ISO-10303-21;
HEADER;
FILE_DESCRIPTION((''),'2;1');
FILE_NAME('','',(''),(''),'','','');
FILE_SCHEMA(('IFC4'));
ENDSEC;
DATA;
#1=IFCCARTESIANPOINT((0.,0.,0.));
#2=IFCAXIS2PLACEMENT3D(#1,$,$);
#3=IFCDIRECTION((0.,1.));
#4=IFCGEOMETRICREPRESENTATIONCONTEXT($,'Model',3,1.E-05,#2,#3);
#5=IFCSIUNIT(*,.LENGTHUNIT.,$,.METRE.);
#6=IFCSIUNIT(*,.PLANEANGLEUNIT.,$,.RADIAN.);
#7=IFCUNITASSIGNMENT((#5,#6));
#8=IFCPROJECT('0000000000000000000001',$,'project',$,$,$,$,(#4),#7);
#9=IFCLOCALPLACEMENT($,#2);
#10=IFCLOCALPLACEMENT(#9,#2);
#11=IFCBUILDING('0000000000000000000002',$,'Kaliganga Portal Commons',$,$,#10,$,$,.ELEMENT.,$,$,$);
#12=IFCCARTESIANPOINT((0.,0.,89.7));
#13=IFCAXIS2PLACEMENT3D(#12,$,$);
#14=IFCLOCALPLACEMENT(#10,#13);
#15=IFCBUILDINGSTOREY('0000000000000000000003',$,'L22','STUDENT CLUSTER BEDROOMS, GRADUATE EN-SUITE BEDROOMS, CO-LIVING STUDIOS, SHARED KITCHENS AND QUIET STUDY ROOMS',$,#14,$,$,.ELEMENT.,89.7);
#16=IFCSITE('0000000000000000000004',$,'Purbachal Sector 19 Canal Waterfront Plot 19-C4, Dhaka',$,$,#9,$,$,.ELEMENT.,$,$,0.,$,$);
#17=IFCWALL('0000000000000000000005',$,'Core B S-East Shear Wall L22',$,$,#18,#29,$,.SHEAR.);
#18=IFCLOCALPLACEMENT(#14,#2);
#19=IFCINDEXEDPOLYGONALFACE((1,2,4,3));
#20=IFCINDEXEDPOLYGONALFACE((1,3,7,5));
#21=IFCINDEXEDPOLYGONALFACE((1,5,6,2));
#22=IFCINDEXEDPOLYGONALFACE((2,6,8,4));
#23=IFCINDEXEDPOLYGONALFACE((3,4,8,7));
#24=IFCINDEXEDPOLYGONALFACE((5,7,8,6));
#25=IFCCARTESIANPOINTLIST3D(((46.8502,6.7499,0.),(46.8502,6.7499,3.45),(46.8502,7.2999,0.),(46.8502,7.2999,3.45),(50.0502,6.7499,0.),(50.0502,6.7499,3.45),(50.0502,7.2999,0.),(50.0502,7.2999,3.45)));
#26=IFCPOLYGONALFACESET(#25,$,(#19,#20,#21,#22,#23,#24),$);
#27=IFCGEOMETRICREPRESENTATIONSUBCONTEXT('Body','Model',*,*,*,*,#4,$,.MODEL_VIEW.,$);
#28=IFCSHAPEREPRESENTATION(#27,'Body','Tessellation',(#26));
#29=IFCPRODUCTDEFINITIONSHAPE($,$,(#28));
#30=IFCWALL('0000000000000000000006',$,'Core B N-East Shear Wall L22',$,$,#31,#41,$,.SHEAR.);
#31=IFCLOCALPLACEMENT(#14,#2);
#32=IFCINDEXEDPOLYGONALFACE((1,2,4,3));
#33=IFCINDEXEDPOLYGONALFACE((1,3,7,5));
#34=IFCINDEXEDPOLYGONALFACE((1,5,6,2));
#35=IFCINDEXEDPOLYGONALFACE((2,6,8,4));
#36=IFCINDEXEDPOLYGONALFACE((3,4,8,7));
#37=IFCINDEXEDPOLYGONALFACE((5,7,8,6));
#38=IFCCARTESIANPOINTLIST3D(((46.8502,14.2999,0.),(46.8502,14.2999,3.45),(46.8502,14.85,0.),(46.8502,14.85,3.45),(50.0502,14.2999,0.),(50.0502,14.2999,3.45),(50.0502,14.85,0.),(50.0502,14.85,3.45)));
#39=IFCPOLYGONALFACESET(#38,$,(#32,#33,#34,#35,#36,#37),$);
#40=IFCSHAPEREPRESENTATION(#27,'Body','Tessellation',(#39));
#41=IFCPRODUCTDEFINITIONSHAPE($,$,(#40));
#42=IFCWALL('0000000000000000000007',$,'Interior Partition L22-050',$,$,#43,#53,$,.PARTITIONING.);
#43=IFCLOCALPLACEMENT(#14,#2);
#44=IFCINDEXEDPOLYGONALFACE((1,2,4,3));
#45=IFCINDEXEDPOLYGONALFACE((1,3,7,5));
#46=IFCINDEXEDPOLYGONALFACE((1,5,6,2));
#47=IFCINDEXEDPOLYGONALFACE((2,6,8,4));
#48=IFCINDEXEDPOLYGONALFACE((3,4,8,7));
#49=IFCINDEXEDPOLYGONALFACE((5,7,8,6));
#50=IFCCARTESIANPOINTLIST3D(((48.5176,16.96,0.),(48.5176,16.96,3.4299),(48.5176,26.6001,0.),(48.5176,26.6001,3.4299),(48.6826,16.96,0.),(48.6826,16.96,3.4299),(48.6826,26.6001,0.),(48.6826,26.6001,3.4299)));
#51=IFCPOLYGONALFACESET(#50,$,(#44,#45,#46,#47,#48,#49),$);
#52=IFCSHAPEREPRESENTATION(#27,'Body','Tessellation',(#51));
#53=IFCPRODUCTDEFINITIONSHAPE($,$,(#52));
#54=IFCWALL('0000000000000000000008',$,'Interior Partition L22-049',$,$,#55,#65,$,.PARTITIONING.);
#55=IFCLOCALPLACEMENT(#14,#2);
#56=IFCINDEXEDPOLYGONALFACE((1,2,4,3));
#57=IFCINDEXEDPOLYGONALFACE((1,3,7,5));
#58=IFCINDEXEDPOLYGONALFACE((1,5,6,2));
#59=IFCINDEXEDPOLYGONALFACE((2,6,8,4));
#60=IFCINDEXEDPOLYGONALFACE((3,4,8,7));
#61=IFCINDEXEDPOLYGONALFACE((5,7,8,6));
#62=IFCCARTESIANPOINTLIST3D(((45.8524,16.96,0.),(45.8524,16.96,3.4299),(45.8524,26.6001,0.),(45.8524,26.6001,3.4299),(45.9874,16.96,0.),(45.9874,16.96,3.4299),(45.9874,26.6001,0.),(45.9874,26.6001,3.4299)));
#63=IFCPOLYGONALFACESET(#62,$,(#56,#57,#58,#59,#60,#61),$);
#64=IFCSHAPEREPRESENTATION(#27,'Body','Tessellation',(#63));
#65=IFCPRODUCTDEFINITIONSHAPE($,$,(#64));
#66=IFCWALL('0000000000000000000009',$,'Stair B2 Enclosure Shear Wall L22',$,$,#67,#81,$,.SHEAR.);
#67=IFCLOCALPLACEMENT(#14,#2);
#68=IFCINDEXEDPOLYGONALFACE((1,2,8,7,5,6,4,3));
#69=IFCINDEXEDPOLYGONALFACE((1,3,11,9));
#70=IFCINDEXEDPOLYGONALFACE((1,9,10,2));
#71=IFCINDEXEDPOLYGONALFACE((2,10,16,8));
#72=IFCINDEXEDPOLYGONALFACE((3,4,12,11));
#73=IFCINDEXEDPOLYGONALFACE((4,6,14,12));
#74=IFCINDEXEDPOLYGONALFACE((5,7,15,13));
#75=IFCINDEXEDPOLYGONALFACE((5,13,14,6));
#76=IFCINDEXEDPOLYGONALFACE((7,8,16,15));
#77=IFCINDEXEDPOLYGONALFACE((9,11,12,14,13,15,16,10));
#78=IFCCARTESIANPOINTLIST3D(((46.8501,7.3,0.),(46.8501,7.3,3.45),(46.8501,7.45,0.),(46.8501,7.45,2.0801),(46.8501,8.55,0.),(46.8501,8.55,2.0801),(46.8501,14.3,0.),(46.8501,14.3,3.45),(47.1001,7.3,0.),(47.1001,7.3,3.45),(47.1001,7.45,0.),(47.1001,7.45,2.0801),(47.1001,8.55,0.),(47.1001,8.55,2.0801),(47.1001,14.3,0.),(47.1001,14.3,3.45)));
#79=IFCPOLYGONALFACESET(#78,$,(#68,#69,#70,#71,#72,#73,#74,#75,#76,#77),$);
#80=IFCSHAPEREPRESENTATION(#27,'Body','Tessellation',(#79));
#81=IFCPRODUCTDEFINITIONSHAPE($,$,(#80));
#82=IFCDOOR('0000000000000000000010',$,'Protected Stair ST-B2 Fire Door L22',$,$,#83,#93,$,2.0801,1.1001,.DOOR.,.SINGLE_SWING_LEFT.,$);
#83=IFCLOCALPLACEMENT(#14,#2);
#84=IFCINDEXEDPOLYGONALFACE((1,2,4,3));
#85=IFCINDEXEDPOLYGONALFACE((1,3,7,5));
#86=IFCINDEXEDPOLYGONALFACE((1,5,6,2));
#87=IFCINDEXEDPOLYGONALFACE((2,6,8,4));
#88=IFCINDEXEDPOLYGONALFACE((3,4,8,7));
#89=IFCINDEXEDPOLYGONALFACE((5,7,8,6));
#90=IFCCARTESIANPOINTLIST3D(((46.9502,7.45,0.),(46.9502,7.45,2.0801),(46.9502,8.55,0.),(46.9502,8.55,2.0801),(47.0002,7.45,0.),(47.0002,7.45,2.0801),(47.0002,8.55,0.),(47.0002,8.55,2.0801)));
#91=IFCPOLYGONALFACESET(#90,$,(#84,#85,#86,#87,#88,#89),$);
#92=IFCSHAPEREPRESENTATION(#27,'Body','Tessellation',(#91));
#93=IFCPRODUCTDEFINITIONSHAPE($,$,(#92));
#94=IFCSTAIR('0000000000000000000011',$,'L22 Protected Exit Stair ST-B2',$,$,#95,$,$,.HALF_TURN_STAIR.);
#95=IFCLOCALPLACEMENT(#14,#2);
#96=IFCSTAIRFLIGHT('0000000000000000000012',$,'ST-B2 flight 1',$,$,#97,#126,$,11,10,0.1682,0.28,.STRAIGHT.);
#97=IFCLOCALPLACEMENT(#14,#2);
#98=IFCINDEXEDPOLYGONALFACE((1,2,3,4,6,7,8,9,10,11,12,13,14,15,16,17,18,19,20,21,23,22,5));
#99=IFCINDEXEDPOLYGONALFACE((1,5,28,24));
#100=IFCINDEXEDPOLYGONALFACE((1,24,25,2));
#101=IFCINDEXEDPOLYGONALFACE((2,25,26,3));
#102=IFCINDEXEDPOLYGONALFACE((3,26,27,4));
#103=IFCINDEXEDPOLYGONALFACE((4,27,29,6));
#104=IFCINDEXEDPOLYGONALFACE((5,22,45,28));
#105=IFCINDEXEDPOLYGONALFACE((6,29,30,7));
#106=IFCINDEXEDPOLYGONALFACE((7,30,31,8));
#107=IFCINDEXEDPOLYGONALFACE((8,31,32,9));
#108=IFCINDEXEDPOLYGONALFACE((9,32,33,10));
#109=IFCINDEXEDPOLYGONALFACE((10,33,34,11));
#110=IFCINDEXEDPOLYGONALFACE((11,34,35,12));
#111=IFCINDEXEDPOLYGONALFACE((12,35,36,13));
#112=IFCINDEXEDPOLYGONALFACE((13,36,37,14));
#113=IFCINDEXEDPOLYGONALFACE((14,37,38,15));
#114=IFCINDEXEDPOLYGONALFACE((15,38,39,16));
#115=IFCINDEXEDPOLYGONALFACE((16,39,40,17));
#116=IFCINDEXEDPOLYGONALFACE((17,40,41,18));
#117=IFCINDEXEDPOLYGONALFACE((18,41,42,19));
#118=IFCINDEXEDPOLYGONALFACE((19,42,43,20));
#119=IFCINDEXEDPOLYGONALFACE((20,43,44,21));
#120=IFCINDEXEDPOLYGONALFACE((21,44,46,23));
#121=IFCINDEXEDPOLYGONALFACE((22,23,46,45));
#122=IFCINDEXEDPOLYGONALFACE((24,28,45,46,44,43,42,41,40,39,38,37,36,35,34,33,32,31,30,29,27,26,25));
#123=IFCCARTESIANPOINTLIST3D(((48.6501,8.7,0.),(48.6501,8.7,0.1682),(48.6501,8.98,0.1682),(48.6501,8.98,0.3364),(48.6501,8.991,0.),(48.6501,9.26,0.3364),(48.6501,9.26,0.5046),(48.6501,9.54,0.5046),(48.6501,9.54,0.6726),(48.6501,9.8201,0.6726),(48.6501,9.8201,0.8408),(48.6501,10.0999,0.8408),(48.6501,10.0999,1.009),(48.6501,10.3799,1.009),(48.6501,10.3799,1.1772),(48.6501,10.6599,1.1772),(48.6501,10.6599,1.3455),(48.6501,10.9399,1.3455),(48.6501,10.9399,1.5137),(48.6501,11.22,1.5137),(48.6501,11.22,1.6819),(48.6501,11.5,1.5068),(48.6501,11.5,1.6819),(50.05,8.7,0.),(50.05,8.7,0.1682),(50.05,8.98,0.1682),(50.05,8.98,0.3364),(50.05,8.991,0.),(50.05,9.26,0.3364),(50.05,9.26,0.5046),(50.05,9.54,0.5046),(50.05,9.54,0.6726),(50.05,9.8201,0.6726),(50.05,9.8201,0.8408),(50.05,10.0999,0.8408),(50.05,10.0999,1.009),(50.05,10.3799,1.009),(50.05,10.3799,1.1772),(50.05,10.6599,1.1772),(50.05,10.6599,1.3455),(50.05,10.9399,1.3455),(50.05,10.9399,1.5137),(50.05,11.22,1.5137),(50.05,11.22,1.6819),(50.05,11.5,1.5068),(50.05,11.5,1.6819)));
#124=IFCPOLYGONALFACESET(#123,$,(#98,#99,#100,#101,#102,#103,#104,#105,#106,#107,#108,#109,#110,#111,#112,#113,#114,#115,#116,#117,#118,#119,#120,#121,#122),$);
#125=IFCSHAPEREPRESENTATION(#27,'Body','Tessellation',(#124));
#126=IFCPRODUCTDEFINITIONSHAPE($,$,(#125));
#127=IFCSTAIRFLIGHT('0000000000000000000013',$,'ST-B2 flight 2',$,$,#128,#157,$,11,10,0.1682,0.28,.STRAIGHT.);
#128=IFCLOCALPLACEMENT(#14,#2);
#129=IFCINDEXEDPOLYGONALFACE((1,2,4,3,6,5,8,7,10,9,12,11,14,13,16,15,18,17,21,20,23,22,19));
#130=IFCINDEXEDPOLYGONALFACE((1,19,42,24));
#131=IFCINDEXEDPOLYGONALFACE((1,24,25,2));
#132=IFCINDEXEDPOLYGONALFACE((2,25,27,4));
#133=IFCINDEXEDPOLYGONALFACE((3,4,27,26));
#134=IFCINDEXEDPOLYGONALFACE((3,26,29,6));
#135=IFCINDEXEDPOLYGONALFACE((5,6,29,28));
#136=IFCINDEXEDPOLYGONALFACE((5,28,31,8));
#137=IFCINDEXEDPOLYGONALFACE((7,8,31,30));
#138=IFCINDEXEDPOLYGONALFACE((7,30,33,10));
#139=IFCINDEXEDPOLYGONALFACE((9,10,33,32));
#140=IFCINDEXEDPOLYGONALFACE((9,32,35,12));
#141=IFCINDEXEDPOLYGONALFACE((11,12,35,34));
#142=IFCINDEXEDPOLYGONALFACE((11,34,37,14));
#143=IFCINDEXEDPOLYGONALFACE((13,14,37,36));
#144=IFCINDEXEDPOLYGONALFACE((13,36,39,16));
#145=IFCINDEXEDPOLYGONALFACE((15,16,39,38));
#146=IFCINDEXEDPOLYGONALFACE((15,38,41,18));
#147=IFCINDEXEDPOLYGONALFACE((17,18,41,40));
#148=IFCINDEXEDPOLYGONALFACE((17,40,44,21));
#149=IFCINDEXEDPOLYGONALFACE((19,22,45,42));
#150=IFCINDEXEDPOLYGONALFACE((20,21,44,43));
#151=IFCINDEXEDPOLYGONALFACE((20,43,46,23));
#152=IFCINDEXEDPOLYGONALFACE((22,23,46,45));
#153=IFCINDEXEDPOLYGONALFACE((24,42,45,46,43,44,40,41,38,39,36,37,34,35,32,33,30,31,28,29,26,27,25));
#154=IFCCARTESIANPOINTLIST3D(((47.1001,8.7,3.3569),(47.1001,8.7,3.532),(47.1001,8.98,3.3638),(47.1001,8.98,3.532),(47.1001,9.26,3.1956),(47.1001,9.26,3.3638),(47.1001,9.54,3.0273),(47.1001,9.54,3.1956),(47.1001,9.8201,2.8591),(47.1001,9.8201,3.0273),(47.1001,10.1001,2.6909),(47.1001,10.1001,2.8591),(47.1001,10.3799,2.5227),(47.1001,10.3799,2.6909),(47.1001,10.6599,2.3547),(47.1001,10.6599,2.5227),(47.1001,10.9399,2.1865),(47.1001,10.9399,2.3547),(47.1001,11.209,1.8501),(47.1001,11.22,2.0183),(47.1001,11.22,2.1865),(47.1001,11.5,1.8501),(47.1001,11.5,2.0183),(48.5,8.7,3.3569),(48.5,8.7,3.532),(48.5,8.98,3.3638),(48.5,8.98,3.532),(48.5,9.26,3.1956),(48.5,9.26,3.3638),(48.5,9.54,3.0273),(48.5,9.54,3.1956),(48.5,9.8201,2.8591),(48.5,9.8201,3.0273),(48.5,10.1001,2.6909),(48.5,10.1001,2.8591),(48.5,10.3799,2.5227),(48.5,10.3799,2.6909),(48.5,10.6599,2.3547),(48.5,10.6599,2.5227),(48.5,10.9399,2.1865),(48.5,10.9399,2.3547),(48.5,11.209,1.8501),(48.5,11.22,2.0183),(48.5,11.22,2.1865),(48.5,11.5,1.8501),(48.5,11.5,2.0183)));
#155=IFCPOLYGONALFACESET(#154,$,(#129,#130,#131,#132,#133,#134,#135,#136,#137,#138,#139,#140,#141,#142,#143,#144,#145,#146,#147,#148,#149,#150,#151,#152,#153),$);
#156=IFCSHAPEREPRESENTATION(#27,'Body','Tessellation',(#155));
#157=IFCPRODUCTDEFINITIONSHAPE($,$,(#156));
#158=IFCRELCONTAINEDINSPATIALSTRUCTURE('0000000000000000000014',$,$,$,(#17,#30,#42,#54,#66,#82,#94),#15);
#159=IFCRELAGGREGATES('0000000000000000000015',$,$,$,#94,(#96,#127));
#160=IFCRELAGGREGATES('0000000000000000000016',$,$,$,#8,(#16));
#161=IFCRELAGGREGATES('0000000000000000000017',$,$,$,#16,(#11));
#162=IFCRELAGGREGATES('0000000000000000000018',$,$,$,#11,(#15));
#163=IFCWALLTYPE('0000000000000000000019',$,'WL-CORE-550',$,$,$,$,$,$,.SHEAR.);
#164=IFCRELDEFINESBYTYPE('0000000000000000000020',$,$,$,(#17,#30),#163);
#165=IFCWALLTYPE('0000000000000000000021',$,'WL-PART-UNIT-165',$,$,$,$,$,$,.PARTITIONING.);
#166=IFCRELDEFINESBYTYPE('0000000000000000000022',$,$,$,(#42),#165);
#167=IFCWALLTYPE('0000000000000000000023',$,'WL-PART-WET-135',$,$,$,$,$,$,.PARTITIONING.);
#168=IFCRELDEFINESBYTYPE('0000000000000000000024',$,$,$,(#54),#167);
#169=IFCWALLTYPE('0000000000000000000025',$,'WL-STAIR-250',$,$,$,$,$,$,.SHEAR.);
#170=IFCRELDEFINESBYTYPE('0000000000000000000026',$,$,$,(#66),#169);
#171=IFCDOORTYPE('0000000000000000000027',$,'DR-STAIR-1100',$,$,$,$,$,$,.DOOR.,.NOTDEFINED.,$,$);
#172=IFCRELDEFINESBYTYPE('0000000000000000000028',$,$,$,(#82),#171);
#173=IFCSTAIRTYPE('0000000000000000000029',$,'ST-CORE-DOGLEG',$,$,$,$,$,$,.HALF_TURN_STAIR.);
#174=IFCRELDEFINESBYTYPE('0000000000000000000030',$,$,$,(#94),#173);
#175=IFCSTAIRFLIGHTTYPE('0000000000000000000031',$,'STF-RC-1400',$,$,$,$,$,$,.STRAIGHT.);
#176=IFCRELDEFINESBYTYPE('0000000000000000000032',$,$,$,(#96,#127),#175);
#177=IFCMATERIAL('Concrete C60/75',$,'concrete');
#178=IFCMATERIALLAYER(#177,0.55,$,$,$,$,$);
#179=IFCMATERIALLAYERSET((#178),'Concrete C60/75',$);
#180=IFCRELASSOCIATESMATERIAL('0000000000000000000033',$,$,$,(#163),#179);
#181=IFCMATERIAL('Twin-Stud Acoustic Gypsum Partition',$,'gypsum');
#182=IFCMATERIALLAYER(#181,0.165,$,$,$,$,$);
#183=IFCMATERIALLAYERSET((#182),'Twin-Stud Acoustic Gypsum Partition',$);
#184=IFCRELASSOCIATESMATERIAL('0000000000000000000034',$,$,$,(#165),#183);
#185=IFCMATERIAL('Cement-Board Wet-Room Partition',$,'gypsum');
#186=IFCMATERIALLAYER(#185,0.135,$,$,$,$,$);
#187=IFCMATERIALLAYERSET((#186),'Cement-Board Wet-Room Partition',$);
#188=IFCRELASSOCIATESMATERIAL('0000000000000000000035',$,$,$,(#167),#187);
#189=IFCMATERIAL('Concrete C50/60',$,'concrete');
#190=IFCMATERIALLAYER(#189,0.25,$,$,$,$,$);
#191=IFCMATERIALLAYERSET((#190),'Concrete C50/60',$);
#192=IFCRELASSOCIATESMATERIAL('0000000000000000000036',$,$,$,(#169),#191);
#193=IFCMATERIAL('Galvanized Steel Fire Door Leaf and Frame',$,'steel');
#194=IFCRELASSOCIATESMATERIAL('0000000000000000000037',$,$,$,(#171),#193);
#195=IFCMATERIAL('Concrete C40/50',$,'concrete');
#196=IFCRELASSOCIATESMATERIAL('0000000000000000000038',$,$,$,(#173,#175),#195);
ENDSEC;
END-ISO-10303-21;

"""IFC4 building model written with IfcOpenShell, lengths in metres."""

from ifc_helpers import new_model, si_unit, direction, frame, frame_2d, origin, place, context, subcontext, project, spatial, polyline, rectangle, outline, extrude, material, layer, layer_set, type_object, element, fill, aggregate, save


model = new_model("IFC4")

# Units and contexts
model_context = context("Model", 3, precision=1e-05, world=origin(), true_north=direction((0.0, 1.0)))
body_context = subcontext(model_context, "Body", "Model", "MODEL_VIEW")
ifc_project = project(units=[si_unit("LENGTHUNIT", "METRE"), si_unit("PLANEANGLEUNIT", "RADIAN")], contexts=[model_context])

# Site, building, storey
site_placement = place(None, origin())
site = spatial("IfcSite", under=ifc_project, at=site_placement, Name="Purbachal Sector 19 Canal Waterfront Plot 19-C4, Dhaka", CompositionType="ELEMENT", RefElevation=0.0)
building_placement = place(site_placement, origin())
building = spatial("IfcBuilding", under=site, at=building_placement, Name="Kaliganga Portal Commons", CompositionType="ELEMENT")
storey_placement = place(building_placement, frame((0.0, 0.0, 89.7)))
storey = spatial("IfcBuildingStorey", under=building, at=storey_placement, Name="L22", Description="STUDENT CLUSTER BEDROOMS, GRADUATE EN-SUITE BEDROOMS, CO-LIVING STUDIOS, SHARED KITCHENS AND QUIET STUDY ROOMS", CompositionType="ELEMENT", Elevation=89.7)

# Shared definitions
ifc_material_1 = material(Name="Concrete C60/75", Category="concrete")

# Walls
ifc_layer_1 = layer(ifc_material_1, 0.55)
ifc_layer_set_1 = layer_set([ifc_layer_1], Name="Concrete C60/75")
wall_type_1 = type_object("IfcWallType", Name="WL-CORE-550", PredefinedType="SHEAR", material=ifc_layer_set_1)
for number, where, z_axis, x_axis, name in (
    (1, (46.8501, 7.0249, 0.0), (0.0, 0.0, 1.0), (1.0, 0.0, 0.0), "Core B S-East Shear Wall L22"),
    (2, (46.8501, 14.575, 0.0), (0.0, 0.0, 1.0), (1.0, 0.0, 0.0), "Core B N-East Shear Wall L22"),
):
    element("IfcWall", number, at=place(storey_placement, frame(where, z_axis=z_axis, x_axis=x_axis)), inside=storey, type_object=wall_type_1, Name=name, PredefinedType="SHEAR", context=body_context, shape_type="SweptSolid", body=[
        extrude(rectangle(XDim=3.2, YDim=0.55, at=frame_2d((1.6001, 0.0))), origin(), (0.0, 0.0, 1.0), 3.45),
    ])

# Walls
ifc_material_2 = material(Name="Twin-Stud Acoustic Gypsum Partition", Category="gypsum")
ifc_layer_2 = layer(ifc_material_2, 0.165)
ifc_layer_set_2 = layer_set([ifc_layer_2], Name="Twin-Stud Acoustic Gypsum Partition")
wall_type_2 = type_object("IfcWallType", Name="WL-PART-UNIT-165", PredefinedType="PARTITIONING", material=ifc_layer_set_2)
wall_1_placement = place(storey_placement, frame((48.6001, 16.96, 0.0), z_axis=(0.0, 0.0, 1.0), x_axis=(0.0, 1.0, 0.0)))
element("IfcWall", 3, at=wall_1_placement, inside=storey, type_object=wall_type_2, Name="Interior Partition L22-050", PredefinedType="PARTITIONING", context=body_context, shape_type="SweptSolid", body=[
    extrude(rectangle(XDim=9.6401, YDim=0.165, at=frame_2d((4.8201, 0.0))), origin(), (0.0, 0.0, 1.0), 3.4299),
])
ifc_material_3 = material(Name="Cement-Board Wet-Room Partition", Category="gypsum")
ifc_layer_3 = layer(ifc_material_3, 0.135)
ifc_layer_set_3 = layer_set([ifc_layer_3], Name="Cement-Board Wet-Room Partition")
wall_type_3 = type_object("IfcWallType", Name="WL-PART-WET-135", PredefinedType="PARTITIONING", material=ifc_layer_set_3)
wall_2_placement = place(storey_placement, frame((45.9199, 16.96, 0.0), z_axis=(0.0, 0.0, 1.0), x_axis=(0.0, 1.0, 0.0)))
element("IfcWall", 4, at=wall_2_placement, inside=storey, type_object=wall_type_3, Name="Interior Partition L22-049", PredefinedType="PARTITIONING", context=body_context, shape_type="SweptSolid", body=[
    extrude(rectangle(XDim=9.6401, YDim=0.135, at=frame_2d((4.8201, 0.0))), origin(), (0.0, 0.0, 1.0), 3.4299),
])

# Wall, opening, door
ifc_material_4 = material(Name="Concrete C50/60", Category="concrete")
ifc_layer_4 = layer(ifc_material_4, 0.25)
ifc_layer_set_4 = layer_set([ifc_layer_4], Name="Concrete C50/60")
wall_type_4 = type_object("IfcWallType", Name="WL-STAIR-250", PredefinedType="SHEAR", material=ifc_layer_set_4)
wall_3_placement = place(storey_placement, frame((46.9751, 7.3, 0.0), z_axis=(0.0, 0.0, 1.0), x_axis=(0.0, 1.0, 0.0)))
wall_3 = element("IfcWall", 5, at=wall_3_placement, inside=storey, type_object=wall_type_4, Name="Stair B2 Enclosure Shear Wall L22", PredefinedType="SHEAR", context=body_context, shape_type="SweptSolid", body=[
    extrude(rectangle(XDim=7.0, YDim=0.25, at=frame_2d((3.5, 0.0))), origin(), (0.0, 0.0, 1.0), 3.45),
])
opening_1_placement = place(wall_3_placement, frame((0.1499, 0.0, 0.0)))
opening_1 = element("IfcOpeningElement", 6, at=opening_1_placement, cuts=wall_3, PredefinedType="OPENING", context=body_context, shape_type="SweptSolid", body=[
    extrude(rectangle(XDim=1.1001, YDim=2.0801, at=frame_2d((0.55, 1.04))), frame((0.0, 0.135, 0.0), z_axis=(0.0, -1.0, 0.0), x_axis=(1.0, 0.0, 0.0)), (0.0, 0.0, 1.0), 0.27),
])
ifc_material_5 = material(Name="Galvanized Steel Fire Door Leaf and Frame", Category="steel")
door_type_1 = type_object("IfcDoorType", Name="DR-STAIR-1100", OperationType="NOTDEFINED", PredefinedType="DOOR", material=ifc_material_5)
door_1_placement = place(opening_1_placement, origin())
door_1 = element("IfcDoor", 7, at=door_1_placement, inside=storey, type_object=door_type_1, Name="Protected Stair ST-B2 Fire Door L22", OperationType="SINGLE_SWING_LEFT", OverallHeight=2.0801, OverallWidth=1.1001, PredefinedType="DOOR", context=body_context, shape_type="SweptSolid", body=[
    extrude(rectangle(XDim=1.1001, YDim=2.0801, at=frame_2d((0.55, 1.04))), frame((0.0, 0.0249, 0.0), z_axis=(0.0, -1.0, 0.0), x_axis=(1.0, 0.0, 0.0)), (0.0, 0.0, 1.0), 0.05),
])
fill(opening_1, door_1)

# Stair, stair flights
ifc_material_6 = material(Name="Concrete C40/50", Category="concrete")
stair_type = type_object("IfcStairType", Name="ST-CORE-DOGLEG", PredefinedType="HALF_TURN_STAIR", material=ifc_material_6)
stair_placement = place(storey_placement, origin())
stair = element("IfcStair", 8, at=stair_placement, inside=storey, type_object=stair_type, Name="L22 Protected Exit Stair ST-B2", PredefinedType="HALF_TURN_STAIR")
stair_flight_type = type_object("IfcStairFlightType", Name="STF-RC-1400", PredefinedType="STRAIGHT", material=ifc_material_6)
stair_flight_1_placement = place(storey_placement, frame((49.3501, 8.7, 0.0), z_axis=(0.0, 0.0, 1.0), x_axis=(0.0, 1.0, 0.0)))
stair_flight_1 = element("IfcStairFlight", 9, at=stair_flight_1_placement, type_object=stair_flight_type, Name="ST-B2 flight 1", NumberOfRisers=11, NumberOfTreads=10, PredefinedType="STRAIGHT", RiserHeight=0.1682, TreadLength=0.28, context=body_context, shape_type="SweptSolid", body=[
    extrude(outline(polyline([(0.0, 0.0), (0.0, 0.1682), (0.28, 0.1682), (0.28, 0.3364), (0.5601, 0.3364), (0.5601, 0.5046), (0.8401, 0.5046), (0.8401, 0.6726), (1.1201, 0.6726), (1.1201, 0.8408), (1.3999, 0.8408), (1.3999, 1.009), (1.6799, 1.009), (1.6799, 1.1772), (1.96, 1.1772), (1.96, 1.3455), (2.24, 1.3455), (2.24, 1.5137), (2.52, 1.5137), (2.52, 1.6819), (2.8, 1.6819), (2.8, 1.8501), (2.8, 1.5068), (0.291, 0.0), (0.0, 0.0)])), frame((0.0, 0.7, 0.0), z_axis=(0.0, -1.0, 0.0), x_axis=(1.0, 0.0, 0.0)), (0.0, 0.0, 1.0), 1.3999),
])
stair_flight_2_placement = place(storey_placement, frame((47.8, 11.5, 1.8501), z_axis=(0.0, 0.0, 1.0), x_axis=(0.0, -1.0, 0.0)))
stair_flight_2 = element("IfcStairFlight", 10, at=stair_flight_2_placement, type_object=stair_flight_type, Name="ST-B2 flight 2", NumberOfRisers=11, NumberOfTreads=10, PredefinedType="STRAIGHT", RiserHeight=0.1682, TreadLength=0.28, context=body_context, shape_type="SweptSolid", body=[
    extrude(outline(polyline([(0.0, 0.0), (0.0, 0.1682), (0.28, 0.1682), (0.28, 0.3364), (0.5601, 0.3364), (0.5601, 0.5046), (0.8401, 0.5046), (0.8401, 0.6726), (1.1201, 0.6726), (1.1201, 0.8408), (1.3999, 0.8408), (1.3999, 1.009), (1.6799, 1.009), (1.6799, 1.1772), (1.96, 1.1772), (1.96, 1.3455), (2.24, 1.3455), (2.24, 1.5137), (2.52, 1.5137), (2.52, 1.6819), (2.8, 1.6819), (2.8, 1.8501), (2.8, 1.5068), (0.291, 0.0), (0.0, 0.0)])), frame((0.0, 0.7, 0.0), z_axis=(0.0, -1.0, 0.0), x_axis=(1.0, 0.0, 0.0)), (0.0, 0.0, 1.0), 1.3999),
])
aggregate(stair, [stair_flight_1, stair_flight_2])

save(model, "model.ifc")
